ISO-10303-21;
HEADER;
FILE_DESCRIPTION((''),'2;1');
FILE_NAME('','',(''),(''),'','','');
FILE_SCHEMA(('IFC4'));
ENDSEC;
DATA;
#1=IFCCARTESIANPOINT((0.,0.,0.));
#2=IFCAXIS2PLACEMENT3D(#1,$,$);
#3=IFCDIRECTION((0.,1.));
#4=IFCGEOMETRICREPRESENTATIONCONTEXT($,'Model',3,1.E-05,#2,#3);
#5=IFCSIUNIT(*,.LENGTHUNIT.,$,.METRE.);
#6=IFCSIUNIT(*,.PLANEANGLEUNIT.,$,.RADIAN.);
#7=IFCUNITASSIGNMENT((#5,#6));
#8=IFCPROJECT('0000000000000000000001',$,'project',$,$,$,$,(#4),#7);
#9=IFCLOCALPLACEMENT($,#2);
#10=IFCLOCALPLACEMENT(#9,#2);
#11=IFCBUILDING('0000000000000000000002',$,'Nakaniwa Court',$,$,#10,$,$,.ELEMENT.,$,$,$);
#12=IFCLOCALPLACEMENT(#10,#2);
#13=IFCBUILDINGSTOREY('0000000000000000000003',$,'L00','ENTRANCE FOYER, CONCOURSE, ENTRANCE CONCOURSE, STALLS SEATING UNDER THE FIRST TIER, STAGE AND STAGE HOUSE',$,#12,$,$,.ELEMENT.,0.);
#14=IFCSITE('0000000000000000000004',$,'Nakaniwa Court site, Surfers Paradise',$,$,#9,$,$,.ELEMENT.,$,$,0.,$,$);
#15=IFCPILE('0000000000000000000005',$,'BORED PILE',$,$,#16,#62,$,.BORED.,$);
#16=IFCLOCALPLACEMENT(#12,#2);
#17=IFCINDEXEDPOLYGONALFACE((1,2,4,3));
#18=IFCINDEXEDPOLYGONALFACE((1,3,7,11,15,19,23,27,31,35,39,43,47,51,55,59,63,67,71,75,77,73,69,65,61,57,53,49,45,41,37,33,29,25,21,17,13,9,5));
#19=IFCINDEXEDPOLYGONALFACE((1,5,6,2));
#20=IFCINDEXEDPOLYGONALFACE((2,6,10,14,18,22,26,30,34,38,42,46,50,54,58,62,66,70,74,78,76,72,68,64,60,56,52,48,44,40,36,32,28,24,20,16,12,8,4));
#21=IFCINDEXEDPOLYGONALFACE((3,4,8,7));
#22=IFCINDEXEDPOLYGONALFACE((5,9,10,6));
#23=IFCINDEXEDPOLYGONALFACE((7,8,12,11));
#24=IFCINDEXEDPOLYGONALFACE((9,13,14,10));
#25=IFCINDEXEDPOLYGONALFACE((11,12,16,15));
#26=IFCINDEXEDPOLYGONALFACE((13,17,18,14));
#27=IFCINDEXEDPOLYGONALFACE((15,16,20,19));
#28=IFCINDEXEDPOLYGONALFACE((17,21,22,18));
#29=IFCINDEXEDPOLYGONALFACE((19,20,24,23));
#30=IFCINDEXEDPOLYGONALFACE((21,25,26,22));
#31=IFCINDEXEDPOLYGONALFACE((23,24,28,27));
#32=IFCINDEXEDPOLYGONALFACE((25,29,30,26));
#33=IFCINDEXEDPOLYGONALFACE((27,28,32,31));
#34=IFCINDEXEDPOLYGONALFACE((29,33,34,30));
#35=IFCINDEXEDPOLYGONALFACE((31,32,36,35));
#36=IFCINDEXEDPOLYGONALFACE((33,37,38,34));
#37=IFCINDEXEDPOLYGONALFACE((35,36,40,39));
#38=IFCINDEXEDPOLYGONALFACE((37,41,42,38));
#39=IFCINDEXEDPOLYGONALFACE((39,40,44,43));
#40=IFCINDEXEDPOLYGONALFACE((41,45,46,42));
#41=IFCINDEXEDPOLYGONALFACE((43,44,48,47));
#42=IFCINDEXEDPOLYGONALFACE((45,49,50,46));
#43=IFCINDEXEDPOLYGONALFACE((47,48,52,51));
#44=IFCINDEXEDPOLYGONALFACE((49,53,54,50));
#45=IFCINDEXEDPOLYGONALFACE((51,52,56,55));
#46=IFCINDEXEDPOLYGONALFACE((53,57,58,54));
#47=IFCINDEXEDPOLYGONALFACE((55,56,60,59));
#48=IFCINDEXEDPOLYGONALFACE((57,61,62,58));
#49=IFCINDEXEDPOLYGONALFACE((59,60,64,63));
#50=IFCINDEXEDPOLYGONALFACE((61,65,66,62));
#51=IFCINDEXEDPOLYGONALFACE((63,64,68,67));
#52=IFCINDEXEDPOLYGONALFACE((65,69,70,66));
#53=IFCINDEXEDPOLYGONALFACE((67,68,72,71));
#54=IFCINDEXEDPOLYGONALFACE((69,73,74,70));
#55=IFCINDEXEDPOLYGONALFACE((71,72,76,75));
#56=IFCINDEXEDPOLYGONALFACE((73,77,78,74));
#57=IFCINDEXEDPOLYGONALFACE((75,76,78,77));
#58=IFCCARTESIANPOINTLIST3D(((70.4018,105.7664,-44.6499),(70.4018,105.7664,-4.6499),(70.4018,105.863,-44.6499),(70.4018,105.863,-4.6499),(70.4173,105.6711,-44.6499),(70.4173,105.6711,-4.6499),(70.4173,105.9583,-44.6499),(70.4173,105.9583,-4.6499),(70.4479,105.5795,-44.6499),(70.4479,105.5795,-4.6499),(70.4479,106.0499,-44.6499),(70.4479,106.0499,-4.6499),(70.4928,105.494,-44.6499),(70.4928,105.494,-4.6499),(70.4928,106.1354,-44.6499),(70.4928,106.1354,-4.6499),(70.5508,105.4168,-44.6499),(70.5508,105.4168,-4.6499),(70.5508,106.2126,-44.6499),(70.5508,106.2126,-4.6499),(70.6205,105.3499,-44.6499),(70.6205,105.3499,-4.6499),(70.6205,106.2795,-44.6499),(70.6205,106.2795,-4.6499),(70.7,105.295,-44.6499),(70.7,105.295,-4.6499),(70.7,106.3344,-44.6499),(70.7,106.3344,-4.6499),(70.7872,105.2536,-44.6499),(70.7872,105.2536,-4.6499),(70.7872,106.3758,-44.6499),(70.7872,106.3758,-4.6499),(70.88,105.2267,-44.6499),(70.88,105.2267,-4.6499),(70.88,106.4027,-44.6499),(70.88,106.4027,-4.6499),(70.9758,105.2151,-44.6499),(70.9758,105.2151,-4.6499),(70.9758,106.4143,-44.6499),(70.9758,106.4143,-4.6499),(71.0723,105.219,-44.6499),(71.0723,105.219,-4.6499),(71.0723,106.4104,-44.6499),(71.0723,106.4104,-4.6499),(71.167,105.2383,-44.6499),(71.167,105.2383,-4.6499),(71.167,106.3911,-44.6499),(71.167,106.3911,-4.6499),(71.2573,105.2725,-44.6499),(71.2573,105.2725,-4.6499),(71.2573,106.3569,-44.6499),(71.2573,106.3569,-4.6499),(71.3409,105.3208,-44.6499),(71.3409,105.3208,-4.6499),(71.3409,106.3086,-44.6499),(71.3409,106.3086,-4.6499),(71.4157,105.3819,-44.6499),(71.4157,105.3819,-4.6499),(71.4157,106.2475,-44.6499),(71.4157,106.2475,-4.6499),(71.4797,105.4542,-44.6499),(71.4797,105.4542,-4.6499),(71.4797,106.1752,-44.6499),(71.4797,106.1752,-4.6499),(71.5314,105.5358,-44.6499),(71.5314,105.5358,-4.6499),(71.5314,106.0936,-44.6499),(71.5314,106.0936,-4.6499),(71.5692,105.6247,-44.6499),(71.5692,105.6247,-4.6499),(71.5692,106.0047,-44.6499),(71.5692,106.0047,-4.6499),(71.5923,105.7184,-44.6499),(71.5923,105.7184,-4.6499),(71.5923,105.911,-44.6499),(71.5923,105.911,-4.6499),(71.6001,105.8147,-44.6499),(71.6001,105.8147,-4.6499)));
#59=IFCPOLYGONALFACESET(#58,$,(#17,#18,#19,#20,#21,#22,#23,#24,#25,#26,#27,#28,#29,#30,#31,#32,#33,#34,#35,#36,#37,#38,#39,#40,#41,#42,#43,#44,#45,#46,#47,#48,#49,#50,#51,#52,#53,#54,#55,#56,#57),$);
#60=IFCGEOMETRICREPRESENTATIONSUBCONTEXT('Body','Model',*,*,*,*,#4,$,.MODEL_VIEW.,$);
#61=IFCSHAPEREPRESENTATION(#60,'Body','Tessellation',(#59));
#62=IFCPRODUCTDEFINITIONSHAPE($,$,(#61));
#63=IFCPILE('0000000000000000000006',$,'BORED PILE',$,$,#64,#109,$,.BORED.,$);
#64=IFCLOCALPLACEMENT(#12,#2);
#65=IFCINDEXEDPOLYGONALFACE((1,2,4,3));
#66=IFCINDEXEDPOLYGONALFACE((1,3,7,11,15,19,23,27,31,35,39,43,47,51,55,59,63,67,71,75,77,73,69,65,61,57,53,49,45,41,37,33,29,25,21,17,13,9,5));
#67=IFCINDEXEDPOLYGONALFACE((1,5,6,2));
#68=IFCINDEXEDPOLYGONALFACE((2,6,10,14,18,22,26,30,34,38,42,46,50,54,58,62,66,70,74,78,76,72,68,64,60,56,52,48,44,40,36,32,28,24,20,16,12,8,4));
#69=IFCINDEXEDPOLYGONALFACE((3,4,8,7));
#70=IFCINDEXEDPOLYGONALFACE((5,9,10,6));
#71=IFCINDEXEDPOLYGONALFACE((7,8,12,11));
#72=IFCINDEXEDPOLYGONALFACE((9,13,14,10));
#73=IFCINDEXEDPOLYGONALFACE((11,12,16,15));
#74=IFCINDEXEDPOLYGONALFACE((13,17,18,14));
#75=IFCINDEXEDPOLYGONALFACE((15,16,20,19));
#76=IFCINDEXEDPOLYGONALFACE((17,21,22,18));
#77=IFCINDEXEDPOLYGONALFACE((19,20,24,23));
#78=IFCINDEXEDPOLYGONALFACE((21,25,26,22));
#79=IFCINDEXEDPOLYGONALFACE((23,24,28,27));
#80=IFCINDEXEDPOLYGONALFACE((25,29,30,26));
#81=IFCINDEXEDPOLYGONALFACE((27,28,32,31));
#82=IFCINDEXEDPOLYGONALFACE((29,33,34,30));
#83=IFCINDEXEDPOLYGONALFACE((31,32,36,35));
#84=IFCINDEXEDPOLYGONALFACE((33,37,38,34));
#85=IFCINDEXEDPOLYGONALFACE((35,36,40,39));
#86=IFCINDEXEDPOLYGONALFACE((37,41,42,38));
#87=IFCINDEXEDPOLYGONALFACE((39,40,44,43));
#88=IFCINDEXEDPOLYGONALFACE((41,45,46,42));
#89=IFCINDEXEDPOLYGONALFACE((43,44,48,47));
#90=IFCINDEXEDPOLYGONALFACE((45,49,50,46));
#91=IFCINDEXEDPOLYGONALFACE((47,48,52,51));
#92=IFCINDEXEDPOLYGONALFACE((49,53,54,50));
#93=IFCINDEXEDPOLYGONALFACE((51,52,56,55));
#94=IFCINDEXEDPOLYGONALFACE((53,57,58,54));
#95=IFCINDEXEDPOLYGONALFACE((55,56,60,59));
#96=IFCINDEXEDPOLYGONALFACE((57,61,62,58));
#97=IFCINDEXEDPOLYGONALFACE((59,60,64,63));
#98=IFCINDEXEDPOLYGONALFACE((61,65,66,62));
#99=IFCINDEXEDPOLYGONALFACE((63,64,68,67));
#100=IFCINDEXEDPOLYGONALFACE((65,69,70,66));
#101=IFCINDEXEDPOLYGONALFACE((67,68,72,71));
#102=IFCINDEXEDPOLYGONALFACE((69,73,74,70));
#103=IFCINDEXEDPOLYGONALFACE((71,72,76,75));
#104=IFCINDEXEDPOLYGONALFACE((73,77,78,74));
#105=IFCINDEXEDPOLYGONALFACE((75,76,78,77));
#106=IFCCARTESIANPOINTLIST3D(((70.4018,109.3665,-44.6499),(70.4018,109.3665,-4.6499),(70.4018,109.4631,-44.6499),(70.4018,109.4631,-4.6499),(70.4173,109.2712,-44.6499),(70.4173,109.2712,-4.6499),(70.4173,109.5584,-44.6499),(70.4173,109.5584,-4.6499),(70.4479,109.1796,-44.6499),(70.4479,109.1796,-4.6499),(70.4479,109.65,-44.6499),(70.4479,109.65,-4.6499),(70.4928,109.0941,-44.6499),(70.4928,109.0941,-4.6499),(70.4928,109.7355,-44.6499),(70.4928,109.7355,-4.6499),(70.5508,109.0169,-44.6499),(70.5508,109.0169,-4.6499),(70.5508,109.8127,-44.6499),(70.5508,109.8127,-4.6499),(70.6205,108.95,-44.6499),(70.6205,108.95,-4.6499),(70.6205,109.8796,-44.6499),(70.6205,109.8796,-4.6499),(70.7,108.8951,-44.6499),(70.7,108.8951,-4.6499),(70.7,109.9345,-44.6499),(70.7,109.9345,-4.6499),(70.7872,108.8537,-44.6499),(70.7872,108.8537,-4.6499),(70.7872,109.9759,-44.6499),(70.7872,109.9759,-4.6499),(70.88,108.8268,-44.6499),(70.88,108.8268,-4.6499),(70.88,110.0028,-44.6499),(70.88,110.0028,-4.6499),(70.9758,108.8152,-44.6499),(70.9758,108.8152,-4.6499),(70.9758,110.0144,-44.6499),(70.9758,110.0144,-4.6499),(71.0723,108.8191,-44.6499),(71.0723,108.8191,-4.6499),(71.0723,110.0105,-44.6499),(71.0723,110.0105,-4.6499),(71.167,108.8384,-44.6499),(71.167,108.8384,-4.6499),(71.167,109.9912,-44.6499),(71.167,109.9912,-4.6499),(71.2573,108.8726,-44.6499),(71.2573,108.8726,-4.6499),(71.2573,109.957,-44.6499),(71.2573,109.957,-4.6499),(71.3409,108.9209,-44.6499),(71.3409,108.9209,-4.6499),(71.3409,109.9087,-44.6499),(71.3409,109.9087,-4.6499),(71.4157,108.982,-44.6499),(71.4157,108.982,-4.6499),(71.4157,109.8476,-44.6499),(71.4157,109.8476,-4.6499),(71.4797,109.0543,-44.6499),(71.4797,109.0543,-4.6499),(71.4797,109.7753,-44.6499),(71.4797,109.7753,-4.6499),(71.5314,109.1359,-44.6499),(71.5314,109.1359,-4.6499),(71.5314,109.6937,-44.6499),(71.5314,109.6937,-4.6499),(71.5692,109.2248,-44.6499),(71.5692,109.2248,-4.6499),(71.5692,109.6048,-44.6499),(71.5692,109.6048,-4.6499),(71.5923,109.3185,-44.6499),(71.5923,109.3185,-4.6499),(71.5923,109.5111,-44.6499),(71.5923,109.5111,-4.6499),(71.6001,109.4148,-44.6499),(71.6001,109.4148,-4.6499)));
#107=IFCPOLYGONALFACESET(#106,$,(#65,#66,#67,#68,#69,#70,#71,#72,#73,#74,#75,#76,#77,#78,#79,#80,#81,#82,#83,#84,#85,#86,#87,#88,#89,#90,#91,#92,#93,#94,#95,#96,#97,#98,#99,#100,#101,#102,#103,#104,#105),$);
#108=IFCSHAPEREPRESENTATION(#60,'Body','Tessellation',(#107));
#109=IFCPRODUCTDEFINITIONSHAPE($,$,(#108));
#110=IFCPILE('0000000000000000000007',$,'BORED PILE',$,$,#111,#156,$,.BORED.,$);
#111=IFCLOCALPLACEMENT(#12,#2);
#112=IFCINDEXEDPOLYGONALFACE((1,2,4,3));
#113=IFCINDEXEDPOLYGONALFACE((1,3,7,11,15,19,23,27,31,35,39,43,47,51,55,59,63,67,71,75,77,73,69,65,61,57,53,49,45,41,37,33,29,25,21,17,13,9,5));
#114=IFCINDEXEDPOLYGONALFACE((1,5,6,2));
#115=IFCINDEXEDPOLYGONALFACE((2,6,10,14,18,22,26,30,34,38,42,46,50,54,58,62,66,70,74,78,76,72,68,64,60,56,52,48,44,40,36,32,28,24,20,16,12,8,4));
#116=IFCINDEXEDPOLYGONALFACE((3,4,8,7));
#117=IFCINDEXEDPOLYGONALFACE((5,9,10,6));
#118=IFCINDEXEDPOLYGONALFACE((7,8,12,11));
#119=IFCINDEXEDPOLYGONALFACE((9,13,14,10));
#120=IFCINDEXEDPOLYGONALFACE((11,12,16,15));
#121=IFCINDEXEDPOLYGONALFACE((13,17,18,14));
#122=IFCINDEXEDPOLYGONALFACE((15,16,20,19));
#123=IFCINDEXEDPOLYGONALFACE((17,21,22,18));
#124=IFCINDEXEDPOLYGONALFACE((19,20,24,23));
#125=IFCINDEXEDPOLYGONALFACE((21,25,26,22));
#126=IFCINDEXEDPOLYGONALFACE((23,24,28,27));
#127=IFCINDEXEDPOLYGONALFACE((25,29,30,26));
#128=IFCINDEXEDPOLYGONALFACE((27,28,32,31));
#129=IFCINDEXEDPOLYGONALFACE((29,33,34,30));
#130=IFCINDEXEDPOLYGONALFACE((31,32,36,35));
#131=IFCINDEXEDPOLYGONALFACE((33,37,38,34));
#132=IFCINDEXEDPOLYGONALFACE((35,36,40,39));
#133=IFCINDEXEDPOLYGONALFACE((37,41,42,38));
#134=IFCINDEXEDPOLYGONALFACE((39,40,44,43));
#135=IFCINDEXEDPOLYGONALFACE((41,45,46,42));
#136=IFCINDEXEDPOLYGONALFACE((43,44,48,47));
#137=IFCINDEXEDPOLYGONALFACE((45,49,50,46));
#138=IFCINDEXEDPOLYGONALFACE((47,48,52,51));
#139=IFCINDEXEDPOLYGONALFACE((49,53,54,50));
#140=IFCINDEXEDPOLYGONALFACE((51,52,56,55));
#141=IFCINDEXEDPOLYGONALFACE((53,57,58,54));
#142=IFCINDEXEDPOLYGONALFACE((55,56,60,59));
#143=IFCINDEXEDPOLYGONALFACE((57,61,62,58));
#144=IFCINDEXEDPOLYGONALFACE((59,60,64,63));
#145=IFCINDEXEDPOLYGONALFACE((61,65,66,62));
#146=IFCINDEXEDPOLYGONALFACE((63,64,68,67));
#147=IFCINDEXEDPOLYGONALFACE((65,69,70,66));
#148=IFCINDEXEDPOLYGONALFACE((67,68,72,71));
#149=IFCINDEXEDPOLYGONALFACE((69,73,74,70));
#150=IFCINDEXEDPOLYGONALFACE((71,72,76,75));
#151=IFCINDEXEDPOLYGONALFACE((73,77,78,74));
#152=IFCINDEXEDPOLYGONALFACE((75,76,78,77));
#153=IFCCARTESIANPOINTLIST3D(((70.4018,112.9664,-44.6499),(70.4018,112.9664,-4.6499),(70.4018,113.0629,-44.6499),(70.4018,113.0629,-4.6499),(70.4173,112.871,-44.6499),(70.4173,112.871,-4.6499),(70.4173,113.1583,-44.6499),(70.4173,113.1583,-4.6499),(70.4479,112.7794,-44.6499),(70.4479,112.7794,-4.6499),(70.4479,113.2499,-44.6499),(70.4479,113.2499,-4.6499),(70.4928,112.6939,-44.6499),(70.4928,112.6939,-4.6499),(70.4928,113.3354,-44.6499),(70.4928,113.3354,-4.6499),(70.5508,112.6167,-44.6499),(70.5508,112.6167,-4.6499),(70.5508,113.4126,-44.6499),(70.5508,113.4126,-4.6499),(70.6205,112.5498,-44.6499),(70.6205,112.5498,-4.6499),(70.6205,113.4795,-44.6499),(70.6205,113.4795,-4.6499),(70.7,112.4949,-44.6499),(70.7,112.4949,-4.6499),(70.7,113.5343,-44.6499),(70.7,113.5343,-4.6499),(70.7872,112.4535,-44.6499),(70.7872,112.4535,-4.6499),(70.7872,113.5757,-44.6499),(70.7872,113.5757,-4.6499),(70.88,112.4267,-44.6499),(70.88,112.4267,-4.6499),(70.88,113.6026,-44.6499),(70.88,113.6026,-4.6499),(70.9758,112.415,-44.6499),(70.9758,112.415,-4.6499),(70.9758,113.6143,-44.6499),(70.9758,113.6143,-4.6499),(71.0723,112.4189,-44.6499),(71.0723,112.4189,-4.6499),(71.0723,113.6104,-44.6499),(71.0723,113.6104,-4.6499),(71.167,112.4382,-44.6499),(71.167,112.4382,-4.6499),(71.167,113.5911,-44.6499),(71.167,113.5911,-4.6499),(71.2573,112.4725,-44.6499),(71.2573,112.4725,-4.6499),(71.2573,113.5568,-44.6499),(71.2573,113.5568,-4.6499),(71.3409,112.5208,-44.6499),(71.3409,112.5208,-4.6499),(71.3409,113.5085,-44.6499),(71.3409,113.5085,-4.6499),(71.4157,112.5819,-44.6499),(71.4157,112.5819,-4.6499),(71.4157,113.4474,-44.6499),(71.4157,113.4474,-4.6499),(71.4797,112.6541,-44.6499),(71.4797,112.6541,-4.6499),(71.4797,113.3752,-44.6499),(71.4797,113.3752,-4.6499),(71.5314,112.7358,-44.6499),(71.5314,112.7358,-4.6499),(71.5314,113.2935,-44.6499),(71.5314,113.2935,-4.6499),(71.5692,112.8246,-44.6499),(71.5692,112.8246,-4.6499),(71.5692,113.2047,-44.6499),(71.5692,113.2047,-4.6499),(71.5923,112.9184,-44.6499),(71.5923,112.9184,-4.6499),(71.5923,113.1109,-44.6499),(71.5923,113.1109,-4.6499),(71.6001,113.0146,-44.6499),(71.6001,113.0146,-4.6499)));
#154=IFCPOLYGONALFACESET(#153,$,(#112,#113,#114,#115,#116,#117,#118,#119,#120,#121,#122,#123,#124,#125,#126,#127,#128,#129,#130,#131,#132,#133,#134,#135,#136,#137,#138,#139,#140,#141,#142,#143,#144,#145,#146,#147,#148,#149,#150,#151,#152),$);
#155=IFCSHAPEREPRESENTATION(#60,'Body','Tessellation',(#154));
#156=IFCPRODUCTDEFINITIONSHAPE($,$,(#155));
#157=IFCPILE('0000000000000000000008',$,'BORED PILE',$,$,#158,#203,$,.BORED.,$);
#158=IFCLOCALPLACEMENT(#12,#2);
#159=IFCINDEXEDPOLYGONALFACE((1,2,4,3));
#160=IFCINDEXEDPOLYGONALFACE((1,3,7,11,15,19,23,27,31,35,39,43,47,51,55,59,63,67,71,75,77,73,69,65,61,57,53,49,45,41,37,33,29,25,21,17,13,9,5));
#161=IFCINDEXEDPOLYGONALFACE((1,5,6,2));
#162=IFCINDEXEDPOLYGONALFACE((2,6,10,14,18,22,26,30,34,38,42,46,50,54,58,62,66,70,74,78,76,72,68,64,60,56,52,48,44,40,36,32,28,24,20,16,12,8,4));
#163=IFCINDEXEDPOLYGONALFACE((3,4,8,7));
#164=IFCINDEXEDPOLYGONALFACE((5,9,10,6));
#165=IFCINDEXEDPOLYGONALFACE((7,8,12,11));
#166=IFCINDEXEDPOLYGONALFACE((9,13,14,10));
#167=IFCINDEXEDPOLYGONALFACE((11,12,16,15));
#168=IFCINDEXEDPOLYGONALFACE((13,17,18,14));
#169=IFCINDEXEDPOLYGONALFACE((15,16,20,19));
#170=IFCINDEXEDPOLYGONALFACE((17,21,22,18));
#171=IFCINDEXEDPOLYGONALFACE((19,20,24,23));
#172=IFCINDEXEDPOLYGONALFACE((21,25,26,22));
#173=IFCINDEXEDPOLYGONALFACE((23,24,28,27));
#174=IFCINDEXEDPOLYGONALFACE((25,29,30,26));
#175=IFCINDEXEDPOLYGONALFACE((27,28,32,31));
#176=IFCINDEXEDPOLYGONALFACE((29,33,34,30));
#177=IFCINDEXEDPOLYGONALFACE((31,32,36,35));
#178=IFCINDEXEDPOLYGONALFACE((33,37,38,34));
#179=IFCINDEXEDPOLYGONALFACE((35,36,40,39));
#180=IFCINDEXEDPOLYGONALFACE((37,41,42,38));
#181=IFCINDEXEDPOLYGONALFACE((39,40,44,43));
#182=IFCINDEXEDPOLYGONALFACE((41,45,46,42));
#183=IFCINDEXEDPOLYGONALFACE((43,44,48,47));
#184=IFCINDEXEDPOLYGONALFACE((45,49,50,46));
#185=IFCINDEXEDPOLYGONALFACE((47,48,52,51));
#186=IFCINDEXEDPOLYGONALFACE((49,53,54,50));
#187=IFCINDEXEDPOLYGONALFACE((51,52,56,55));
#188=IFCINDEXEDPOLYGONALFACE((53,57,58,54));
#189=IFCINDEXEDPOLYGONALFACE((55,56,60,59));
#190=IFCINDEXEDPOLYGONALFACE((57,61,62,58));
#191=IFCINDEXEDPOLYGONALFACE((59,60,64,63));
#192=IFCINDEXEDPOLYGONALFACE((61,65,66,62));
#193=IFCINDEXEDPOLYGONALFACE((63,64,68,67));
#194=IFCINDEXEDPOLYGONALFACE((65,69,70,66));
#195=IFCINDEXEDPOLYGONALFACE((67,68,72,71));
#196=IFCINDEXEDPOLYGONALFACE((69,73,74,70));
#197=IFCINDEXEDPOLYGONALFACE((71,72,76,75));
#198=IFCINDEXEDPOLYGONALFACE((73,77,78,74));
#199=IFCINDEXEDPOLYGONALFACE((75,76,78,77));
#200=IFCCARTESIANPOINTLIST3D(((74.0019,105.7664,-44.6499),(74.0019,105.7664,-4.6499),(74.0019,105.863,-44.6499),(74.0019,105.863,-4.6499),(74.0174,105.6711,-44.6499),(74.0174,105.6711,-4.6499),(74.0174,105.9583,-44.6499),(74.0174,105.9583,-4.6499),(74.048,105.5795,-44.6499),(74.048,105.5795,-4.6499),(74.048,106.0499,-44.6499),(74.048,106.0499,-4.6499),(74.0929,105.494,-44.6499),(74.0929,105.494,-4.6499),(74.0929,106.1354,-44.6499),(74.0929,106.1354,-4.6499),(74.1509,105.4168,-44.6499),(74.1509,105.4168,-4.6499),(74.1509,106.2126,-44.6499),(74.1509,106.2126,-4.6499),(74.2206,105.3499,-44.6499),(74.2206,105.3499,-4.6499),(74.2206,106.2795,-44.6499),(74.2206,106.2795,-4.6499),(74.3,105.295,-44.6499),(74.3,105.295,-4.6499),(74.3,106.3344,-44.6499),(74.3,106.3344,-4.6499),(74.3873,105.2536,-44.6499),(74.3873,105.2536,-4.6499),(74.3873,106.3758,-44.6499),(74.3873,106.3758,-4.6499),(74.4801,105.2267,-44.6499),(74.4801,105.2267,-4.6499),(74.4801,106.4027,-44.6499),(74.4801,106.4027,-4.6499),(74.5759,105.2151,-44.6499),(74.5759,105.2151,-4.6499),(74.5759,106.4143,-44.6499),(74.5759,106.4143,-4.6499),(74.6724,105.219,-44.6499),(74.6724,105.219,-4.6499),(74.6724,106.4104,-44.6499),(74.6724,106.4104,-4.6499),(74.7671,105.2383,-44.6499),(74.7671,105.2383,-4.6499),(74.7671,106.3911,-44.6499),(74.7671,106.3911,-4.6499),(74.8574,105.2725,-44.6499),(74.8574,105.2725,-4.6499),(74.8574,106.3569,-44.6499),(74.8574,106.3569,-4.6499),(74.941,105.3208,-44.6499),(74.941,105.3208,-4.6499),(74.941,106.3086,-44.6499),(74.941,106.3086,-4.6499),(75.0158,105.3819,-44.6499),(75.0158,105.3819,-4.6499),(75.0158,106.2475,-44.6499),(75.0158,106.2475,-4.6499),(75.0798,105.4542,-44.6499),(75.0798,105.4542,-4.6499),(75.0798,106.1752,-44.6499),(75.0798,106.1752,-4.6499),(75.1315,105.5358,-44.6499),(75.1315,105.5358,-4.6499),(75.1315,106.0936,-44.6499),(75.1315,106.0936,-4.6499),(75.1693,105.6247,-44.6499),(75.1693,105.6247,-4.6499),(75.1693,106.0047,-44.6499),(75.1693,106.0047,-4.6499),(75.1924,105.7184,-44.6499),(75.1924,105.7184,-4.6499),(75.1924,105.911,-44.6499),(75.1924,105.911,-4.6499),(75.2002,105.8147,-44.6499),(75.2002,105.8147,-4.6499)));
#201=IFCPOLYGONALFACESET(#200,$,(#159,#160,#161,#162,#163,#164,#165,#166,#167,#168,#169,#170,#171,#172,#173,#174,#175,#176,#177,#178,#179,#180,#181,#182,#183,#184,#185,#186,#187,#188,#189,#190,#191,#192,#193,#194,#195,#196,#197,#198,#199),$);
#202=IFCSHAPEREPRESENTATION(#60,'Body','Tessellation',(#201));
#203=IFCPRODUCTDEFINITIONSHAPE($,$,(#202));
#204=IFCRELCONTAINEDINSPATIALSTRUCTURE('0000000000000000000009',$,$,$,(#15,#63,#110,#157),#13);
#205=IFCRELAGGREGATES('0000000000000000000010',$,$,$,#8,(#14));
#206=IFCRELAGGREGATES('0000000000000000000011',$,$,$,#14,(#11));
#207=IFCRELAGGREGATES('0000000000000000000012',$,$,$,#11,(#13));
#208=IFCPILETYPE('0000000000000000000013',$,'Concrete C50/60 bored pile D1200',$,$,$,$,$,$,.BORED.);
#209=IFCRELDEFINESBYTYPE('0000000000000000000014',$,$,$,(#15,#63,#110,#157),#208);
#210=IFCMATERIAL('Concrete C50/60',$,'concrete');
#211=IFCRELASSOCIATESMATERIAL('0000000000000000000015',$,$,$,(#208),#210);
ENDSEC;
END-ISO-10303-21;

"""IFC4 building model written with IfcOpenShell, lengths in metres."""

from ifc_helpers import new_model, si_unit, direction, frame, origin, origin_2d, place, context, subcontext, project, spatial, circle, extrude, material, material_profile, profile_set, type_object, element, save


model = new_model("IFC4")

# Units and contexts
model_context = context("Model", 3, precision=1e-05, world=origin(), true_north=direction((0.0, 1.0)))
body_context = subcontext(model_context, "Body", "Model", "MODEL_VIEW")
ifc_project = project(units=[si_unit("LENGTHUNIT", "METRE"), si_unit("PLANEANGLEUNIT", "RADIAN")], contexts=[model_context])

# Site, building, storey
site_placement = place(None, origin())
site = spatial("IfcSite", under=ifc_project, at=site_placement, Name="Nakaniwa Court site, Surfers Paradise", CompositionType="ELEMENT", RefElevation=0.0)
building_placement = place(site_placement, origin())
building = spatial("IfcBuilding", under=site, at=building_placement, Name="Nakaniwa Court", CompositionType="ELEMENT")
storey_placement = place(building_placement, origin())
storey = spatial("IfcBuildingStorey", under=building, at=storey_placement, Name="L00", Description="ENTRANCE FOYER, CONCOURSE, ENTRANCE CONCOURSE, STALLS SEATING UNDER THE FIRST TIER, STAGE AND STAGE HOUSE", CompositionType="ELEMENT", Elevation=0.0)

# Piles
ifc_material_1 = material(Name="Concrete C50/60", Category="concrete")
ifc_material_profile_1 = material_profile(ifc_material_1, circle(Radius=0.6001, at=origin_2d()), Name="Concrete C50/60 bored pile D1200")
ifc_profile_set_1 = profile_set([ifc_material_profile_1], Name="Concrete C50/60")
pile_type = type_object("IfcPileType", Name="Concrete C50/60 bored pile D1200", PredefinedType="BORED", material=ifc_profile_set_1)
for number, where, z_axis, x_axis, name in (
    (1, (71.0, 105.8147, -4.6499), (0.0, 0.0, -1.0), (1.0, 0.0, 0.0), "BORED PILE"),
    (2, (71.0, 109.4148, -4.6499), (0.0, 0.0, -1.0), (1.0, 0.0, 0.0), "BORED PILE"),
    (3, (71.0, 113.0146, -4.6499), (0.0, 0.0, -1.0), (1.0, 0.0, 0.0), "BORED PILE"),
    (4, (74.6001, 105.8147, -4.6499), (0.0, 0.0, -1.0), (1.0, 0.0, 0.0), "BORED PILE"),
):
    element("IfcPile", number, at=place(storey_placement, frame(where, z_axis=z_axis, x_axis=x_axis)), inside=storey, type_object=pile_type, Name=name, PredefinedType="BORED", context=body_context, shape_type="SweptSolid", body=[
        extrude(circle(Radius=0.6001, at=origin_2d()), origin(), (0.0, 0.0, 1.0), 40.0),
    ])

save(model, "model.ifc")
